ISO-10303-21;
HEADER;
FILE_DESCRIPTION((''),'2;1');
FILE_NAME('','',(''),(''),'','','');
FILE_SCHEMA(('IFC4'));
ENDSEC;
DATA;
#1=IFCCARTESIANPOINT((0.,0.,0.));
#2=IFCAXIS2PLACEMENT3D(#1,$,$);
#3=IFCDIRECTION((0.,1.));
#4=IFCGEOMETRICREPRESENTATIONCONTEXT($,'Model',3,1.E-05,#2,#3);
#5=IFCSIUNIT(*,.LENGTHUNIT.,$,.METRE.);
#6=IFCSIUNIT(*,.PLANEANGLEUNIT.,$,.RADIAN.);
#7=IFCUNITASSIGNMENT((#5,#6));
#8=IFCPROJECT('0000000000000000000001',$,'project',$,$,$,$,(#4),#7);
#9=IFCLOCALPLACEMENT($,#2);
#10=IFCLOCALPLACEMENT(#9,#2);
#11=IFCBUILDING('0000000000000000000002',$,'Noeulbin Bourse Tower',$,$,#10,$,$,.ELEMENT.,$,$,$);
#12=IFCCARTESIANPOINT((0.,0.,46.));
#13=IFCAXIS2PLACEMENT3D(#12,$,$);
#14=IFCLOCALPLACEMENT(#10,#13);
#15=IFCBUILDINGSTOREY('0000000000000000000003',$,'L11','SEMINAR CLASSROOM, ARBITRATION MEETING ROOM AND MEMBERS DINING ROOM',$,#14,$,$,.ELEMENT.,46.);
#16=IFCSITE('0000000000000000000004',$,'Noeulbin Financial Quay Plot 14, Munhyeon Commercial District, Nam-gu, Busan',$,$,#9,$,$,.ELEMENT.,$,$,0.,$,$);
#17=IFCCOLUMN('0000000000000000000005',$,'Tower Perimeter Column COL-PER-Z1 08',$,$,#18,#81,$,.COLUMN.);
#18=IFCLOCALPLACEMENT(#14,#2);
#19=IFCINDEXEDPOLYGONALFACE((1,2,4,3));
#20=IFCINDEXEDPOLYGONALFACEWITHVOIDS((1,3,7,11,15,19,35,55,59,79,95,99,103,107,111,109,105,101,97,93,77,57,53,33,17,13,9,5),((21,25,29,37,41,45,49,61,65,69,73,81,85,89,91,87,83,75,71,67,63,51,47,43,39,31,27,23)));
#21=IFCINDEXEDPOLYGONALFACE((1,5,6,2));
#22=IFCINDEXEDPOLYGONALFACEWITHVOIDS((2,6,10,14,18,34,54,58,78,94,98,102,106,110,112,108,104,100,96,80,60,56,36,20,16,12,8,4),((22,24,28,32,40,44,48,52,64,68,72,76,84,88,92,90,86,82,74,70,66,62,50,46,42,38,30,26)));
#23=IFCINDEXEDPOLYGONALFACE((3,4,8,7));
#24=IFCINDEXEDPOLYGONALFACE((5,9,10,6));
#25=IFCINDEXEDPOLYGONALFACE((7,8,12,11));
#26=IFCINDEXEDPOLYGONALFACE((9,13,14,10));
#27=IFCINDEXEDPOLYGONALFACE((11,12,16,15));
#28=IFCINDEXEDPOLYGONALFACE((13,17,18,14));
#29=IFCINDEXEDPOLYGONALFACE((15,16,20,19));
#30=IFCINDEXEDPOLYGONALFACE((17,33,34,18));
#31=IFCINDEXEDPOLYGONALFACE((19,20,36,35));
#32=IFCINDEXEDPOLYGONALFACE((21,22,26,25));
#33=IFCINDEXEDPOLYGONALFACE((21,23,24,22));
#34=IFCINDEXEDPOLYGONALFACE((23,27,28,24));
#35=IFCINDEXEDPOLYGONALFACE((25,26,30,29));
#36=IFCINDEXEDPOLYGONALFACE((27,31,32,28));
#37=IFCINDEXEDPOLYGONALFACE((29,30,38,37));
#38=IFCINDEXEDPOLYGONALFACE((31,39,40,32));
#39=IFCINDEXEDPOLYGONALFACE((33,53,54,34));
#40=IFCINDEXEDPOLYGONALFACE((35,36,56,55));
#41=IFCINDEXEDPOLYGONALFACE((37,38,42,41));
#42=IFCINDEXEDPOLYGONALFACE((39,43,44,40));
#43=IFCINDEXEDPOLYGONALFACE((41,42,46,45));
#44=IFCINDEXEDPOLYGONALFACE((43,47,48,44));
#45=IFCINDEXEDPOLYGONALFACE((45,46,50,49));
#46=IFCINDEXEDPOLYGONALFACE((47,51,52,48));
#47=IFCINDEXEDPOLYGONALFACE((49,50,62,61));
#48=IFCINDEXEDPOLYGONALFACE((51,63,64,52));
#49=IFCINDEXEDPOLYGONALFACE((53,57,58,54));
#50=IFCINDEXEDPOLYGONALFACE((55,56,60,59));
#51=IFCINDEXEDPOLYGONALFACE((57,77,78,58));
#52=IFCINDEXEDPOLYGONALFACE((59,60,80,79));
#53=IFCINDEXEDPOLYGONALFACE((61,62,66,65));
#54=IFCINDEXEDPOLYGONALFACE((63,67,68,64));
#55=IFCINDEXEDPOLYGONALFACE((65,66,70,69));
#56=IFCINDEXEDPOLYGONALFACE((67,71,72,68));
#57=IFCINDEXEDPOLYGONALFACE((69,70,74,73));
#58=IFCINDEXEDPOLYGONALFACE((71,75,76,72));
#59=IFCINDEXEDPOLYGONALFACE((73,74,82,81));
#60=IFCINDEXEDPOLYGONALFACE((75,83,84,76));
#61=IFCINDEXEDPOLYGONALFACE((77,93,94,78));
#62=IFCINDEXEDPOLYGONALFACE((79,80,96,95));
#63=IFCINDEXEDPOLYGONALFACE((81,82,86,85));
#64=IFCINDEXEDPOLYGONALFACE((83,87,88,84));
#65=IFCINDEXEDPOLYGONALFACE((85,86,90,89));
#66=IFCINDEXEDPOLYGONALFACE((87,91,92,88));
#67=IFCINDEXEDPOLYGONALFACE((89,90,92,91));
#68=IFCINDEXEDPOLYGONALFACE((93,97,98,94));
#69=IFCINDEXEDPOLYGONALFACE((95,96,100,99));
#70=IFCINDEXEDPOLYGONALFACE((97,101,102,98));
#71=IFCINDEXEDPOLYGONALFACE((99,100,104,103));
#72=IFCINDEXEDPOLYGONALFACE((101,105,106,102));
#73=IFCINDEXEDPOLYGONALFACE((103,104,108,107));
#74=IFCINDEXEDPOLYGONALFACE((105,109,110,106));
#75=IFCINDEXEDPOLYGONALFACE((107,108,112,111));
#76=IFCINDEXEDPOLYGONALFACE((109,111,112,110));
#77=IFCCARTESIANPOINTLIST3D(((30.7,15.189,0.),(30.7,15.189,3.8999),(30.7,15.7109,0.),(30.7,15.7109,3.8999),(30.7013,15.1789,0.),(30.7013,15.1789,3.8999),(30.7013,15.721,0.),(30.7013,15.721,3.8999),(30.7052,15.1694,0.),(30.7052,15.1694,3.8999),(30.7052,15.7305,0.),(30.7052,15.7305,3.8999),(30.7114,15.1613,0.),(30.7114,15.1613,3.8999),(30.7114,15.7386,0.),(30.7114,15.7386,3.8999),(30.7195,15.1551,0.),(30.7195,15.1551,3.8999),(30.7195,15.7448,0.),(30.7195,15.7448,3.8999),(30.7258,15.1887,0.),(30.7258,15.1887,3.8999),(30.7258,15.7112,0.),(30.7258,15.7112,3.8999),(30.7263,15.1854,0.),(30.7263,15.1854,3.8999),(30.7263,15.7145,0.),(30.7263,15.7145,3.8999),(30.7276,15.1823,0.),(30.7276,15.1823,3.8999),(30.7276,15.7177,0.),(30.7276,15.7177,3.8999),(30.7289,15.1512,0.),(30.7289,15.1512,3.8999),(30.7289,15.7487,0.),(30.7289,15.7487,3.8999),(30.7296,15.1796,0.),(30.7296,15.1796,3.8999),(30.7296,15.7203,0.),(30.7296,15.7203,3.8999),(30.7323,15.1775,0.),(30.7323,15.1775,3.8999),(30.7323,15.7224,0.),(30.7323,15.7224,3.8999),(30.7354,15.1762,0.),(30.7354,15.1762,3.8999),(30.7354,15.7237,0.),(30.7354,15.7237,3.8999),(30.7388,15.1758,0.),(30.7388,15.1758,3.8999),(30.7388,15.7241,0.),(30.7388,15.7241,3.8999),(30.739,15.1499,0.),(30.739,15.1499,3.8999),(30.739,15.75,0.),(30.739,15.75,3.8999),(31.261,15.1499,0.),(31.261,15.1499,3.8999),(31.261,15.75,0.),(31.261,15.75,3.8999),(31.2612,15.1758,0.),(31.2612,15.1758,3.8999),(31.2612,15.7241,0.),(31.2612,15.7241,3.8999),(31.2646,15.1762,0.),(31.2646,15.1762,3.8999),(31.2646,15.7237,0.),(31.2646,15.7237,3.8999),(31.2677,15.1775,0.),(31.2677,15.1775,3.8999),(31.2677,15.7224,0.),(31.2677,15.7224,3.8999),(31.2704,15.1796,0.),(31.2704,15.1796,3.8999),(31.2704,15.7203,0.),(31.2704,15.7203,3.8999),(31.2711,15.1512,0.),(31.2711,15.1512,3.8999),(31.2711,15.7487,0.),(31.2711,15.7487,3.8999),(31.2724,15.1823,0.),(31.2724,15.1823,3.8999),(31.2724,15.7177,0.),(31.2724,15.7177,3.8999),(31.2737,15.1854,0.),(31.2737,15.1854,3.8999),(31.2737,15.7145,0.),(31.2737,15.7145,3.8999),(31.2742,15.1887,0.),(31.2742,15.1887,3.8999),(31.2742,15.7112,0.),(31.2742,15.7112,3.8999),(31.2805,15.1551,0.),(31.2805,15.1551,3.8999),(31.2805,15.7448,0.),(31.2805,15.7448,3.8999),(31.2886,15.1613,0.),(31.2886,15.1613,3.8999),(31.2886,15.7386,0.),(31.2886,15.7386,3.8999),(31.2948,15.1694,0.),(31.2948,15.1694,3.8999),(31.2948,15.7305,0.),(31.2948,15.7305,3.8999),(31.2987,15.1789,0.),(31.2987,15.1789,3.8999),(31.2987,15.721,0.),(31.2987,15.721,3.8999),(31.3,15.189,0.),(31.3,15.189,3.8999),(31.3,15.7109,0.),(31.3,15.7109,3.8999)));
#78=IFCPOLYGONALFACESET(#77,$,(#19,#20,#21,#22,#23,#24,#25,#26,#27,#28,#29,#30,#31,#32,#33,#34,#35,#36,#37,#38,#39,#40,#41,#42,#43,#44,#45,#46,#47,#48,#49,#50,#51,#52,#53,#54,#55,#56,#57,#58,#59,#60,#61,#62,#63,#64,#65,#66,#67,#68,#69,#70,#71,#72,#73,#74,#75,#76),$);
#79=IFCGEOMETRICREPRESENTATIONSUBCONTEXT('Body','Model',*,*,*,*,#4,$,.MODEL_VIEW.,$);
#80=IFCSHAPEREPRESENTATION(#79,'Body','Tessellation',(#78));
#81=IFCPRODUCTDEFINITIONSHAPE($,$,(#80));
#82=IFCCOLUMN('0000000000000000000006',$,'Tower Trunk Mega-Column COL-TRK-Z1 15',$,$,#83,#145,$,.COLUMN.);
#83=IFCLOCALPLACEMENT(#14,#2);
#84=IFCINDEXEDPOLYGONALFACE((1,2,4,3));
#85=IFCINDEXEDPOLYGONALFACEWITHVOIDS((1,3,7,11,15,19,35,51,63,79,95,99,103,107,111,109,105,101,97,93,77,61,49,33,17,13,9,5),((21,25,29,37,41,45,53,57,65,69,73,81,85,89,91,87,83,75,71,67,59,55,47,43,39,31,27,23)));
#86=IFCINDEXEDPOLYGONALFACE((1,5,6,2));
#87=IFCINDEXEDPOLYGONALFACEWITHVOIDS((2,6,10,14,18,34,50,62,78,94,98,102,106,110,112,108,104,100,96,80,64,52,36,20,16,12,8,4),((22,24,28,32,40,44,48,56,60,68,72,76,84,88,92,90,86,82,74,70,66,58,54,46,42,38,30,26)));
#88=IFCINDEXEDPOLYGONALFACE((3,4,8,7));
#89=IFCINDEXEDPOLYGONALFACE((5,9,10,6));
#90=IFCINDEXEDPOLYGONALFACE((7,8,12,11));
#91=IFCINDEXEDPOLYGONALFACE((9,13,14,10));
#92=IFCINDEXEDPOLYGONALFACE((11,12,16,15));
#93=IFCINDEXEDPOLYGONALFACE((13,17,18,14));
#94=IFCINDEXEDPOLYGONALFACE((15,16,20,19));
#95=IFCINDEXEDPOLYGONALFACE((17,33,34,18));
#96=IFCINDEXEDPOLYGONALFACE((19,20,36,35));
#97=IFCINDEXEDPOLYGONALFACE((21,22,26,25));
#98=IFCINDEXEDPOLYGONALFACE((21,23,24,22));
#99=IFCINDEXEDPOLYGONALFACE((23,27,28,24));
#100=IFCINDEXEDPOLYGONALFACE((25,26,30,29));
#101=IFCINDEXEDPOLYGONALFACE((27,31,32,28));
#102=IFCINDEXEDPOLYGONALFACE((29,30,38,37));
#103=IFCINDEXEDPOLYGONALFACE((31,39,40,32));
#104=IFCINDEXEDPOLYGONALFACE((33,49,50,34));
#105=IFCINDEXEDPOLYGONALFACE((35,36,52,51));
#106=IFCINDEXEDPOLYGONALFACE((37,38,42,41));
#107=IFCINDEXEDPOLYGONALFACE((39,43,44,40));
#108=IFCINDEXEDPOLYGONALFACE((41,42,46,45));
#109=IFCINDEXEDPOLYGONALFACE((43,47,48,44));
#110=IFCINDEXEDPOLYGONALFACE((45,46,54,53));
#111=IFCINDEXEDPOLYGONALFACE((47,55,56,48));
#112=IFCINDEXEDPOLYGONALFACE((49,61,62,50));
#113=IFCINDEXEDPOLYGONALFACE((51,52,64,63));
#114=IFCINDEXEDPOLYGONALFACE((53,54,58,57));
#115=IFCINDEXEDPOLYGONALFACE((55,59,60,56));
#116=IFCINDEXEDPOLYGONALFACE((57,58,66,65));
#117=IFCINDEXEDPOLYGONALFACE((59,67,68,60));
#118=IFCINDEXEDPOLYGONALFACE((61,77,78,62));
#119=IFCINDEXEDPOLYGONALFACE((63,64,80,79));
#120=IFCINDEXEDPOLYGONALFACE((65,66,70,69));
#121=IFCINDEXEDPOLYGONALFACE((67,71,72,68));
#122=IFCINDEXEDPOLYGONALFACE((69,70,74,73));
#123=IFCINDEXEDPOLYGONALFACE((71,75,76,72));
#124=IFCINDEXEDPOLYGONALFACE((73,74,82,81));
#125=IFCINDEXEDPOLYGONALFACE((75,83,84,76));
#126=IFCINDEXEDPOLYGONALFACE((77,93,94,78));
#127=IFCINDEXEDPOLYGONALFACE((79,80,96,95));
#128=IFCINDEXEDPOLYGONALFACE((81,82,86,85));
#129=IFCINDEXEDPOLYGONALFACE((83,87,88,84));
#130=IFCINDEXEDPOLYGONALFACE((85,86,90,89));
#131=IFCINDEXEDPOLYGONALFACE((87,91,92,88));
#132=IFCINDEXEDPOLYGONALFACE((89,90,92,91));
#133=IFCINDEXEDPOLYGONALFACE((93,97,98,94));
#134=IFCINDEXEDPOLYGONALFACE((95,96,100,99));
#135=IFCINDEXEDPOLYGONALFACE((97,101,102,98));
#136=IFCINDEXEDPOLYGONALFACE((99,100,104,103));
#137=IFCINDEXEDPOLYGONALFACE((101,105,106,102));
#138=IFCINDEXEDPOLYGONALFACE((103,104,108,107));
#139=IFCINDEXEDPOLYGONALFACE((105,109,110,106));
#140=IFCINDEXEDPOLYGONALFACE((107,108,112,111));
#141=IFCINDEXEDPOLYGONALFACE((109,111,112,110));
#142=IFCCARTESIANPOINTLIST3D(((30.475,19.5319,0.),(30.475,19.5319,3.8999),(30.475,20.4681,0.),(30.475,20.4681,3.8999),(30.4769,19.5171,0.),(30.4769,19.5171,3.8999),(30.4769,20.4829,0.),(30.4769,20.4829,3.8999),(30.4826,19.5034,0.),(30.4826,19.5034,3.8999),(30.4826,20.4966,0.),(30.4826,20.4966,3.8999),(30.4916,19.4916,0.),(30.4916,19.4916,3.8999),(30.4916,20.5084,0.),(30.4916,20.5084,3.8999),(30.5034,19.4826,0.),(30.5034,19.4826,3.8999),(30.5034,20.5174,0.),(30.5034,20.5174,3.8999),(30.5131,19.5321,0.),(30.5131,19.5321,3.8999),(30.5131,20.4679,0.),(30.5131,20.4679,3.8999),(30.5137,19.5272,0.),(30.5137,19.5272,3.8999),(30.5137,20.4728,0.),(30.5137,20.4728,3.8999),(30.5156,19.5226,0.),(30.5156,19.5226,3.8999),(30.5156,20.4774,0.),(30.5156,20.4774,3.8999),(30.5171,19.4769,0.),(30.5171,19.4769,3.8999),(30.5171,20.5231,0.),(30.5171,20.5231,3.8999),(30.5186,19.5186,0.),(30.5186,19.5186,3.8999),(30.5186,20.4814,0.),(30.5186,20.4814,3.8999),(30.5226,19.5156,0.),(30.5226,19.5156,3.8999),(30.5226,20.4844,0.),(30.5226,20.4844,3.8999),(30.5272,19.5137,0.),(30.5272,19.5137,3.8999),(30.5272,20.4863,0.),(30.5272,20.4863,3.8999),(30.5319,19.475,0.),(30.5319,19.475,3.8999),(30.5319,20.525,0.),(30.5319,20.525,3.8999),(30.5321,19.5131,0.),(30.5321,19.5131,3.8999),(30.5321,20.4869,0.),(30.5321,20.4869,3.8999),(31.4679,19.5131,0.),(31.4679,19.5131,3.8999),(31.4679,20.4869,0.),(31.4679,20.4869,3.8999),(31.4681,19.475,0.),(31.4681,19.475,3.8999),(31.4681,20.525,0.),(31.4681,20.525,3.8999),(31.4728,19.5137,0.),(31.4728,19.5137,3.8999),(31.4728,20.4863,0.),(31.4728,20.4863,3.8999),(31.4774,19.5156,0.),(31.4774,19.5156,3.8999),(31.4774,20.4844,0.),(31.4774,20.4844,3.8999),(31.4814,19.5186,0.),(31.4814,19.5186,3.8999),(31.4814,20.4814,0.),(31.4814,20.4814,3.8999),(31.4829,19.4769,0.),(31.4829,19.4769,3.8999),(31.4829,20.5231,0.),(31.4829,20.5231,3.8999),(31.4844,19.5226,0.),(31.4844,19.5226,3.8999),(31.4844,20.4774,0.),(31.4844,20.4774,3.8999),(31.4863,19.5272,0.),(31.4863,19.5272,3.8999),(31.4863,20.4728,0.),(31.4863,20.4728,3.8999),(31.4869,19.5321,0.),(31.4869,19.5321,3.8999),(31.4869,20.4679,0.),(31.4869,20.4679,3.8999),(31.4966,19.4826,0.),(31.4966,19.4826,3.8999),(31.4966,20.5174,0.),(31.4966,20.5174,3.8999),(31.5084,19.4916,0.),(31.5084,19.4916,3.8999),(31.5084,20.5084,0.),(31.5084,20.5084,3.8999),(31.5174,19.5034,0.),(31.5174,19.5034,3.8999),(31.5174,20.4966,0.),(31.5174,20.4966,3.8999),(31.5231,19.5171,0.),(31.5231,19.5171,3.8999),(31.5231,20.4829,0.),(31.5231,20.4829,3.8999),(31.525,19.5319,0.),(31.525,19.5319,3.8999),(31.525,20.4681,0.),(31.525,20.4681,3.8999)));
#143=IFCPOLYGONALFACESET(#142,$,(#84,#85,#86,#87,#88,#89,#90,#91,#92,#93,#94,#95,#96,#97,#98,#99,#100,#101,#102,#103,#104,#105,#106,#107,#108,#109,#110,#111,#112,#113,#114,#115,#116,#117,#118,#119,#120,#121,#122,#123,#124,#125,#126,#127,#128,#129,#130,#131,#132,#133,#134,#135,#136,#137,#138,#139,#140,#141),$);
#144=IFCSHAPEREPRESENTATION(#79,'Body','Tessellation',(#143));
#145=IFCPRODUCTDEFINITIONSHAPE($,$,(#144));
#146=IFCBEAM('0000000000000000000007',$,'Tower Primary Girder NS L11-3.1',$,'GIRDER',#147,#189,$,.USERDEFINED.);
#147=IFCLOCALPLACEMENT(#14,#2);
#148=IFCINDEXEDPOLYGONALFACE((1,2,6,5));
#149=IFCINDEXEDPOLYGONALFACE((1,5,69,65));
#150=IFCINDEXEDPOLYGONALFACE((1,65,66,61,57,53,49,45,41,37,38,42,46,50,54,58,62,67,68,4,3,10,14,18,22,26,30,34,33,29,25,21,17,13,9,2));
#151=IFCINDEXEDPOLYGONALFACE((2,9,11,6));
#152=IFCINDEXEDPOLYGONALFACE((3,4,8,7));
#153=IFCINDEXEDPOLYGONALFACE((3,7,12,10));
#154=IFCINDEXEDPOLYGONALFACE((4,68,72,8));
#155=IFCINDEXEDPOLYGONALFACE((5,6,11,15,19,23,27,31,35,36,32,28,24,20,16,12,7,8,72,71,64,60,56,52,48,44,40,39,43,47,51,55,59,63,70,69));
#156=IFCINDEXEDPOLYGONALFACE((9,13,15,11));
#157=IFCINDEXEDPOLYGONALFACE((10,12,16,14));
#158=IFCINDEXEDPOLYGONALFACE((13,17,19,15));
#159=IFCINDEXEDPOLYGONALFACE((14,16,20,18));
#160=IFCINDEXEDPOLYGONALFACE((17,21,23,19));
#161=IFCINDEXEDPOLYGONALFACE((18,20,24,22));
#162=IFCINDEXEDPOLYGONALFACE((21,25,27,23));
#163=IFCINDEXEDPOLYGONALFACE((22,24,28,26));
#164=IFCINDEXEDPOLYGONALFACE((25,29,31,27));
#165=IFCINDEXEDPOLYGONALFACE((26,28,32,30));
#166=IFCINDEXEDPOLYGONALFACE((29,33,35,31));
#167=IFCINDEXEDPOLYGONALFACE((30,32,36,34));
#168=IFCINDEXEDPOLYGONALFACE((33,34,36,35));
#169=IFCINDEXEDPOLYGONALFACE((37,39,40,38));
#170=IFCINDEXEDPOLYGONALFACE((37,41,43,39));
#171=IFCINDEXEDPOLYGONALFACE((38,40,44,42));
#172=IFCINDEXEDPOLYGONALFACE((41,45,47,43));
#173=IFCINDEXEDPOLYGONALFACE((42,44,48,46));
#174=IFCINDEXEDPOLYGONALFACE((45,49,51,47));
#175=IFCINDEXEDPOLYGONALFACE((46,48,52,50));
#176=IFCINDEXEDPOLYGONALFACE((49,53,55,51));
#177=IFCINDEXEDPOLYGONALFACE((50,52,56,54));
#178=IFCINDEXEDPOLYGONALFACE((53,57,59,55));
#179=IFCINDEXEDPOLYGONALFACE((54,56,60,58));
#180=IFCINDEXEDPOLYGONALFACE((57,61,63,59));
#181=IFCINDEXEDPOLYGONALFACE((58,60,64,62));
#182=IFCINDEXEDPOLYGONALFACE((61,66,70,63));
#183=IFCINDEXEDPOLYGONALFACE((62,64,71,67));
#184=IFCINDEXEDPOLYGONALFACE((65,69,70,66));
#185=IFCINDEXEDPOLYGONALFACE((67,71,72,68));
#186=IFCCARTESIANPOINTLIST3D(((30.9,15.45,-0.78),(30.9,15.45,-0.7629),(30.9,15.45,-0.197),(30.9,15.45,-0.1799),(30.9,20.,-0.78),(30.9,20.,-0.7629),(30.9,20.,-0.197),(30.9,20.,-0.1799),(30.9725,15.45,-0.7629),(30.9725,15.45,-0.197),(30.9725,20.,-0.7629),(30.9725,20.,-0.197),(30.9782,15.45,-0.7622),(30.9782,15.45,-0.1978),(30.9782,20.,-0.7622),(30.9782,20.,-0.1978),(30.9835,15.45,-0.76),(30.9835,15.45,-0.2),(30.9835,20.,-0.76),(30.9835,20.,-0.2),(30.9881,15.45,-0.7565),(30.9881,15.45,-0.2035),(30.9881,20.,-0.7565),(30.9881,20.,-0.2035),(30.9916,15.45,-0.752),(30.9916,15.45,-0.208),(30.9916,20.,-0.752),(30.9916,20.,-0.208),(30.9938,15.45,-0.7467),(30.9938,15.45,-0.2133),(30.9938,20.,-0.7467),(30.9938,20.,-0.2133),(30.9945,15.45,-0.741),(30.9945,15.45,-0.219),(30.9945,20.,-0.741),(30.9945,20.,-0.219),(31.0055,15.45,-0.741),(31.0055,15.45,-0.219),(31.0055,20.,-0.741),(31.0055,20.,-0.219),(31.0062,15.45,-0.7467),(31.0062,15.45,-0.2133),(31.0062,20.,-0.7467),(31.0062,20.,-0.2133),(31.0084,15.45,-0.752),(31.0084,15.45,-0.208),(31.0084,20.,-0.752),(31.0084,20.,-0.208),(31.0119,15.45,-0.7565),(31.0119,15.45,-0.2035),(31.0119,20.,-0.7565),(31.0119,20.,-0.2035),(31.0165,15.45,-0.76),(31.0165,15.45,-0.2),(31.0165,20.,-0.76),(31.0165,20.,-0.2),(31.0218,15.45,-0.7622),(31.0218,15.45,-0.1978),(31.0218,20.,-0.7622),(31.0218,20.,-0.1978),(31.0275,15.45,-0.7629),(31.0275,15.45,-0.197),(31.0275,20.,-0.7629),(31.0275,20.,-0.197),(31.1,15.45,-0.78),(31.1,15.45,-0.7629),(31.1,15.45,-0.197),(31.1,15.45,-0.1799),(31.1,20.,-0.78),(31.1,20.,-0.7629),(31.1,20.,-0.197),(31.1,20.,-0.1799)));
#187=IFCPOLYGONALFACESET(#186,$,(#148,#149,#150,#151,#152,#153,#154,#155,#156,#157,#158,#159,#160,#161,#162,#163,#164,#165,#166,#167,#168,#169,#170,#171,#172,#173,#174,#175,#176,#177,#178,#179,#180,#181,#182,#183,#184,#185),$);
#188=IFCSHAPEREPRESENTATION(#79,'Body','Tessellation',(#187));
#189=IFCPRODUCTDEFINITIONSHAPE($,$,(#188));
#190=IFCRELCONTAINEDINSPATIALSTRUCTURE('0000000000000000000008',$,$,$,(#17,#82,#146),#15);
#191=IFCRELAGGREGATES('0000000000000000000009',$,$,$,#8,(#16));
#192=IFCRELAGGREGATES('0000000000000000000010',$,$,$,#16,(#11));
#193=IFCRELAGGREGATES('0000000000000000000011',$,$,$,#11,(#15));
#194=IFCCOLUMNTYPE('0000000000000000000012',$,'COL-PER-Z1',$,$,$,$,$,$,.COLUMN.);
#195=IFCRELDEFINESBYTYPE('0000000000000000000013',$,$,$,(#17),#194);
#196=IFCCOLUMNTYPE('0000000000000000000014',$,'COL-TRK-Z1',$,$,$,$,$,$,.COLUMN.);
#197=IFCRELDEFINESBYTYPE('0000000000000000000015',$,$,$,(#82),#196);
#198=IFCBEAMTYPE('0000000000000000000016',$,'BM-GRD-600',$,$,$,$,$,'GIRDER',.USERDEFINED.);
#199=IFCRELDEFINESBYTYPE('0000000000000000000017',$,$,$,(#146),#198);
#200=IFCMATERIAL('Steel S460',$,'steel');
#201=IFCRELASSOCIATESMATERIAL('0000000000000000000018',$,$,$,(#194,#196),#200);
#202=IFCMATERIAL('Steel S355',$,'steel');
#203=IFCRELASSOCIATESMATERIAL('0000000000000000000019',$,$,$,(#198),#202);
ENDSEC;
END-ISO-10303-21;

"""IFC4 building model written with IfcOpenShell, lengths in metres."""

from ifc_helpers import new_model, si_unit, direction, frame, origin, origin_2d, place, context, subcontext, project, spatial, hollow_rectangle, i_section, extrude, material, material_profile, profile_set, type_object, element, save


model = new_model("IFC4")

# Units and contexts
model_context = context("Model", 3, precision=1e-05, world=origin(), true_north=direction((0.0, 1.0)))
body_context = subcontext(model_context, "Body", "Model", "MODEL_VIEW")
ifc_project = project(units=[si_unit("LENGTHUNIT", "METRE"), si_unit("PLANEANGLEUNIT", "RADIAN")], contexts=[model_context])

# Site, building, storey
site_placement = place(None, origin())
site = spatial("IfcSite", under=ifc_project, at=site_placement, Name="Noeulbin Financial Quay Plot 14, Munhyeon Commercial District, Nam-gu, Busan", CompositionType="ELEMENT", RefElevation=0.0)
building_placement = place(site_placement, origin())
building = spatial("IfcBuilding", under=site, at=building_placement, Name="Noeulbin Bourse Tower", CompositionType="ELEMENT")
storey_placement = place(building_placement, frame((0.0, 0.0, 46.0)))
storey = spatial("IfcBuildingStorey", under=building, at=storey_placement, Name="L11", Description="SEMINAR CLASSROOM, ARBITRATION MEETING ROOM AND MEMBERS DINING ROOM", CompositionType="ELEMENT", Elevation=46.0)

# Columns
ifc_material_1 = material(Name="Steel S460", Category="steel")
ifc_material_profile_1 = material_profile(ifc_material_1, hollow_rectangle(XDim=0.6001, YDim=0.6001, WallThickness=0.0259, InnerFilletRadius=0.0129, OuterFilletRadius=0.0391, at=origin_2d()), Name="BOX-600x600x26", Category="LoadBearing")
ifc_profile_set_1 = profile_set([ifc_material_profile_1], Name="Steel S460")
column_type_1 = type_object("IfcColumnType", Name="COL-PER-Z1", PredefinedType="COLUMN", material=ifc_profile_set_1)
column_1_placement = place(storey_placement, frame((31.0, 15.45, 0.0), z_axis=(0.0, 0.0, 1.0), x_axis=(1.0, 0.0, 0.0)))
element("IfcColumn", 1, at=column_1_placement, inside=storey, type_object=column_type_1, Name="Tower Perimeter Column COL-PER-Z1 08", PredefinedType="COLUMN", context=body_context, shape_type="SweptSolid", body=[
    extrude(hollow_rectangle(XDim=0.6001, YDim=0.6001, WallThickness=0.0259, InnerFilletRadius=0.0129, OuterFilletRadius=0.0391, at=origin_2d()), origin(), (0.0, 0.0, 1.0), 3.8999),
])
ifc_material_profile_2 = material_profile(ifc_material_1, hollow_rectangle(XDim=1.05, YDim=1.05, WallThickness=0.0381, InnerFilletRadius=0.019, OuterFilletRadius=0.0569, at=origin_2d()), Name="BOX-1050x1050x38", Category="LoadBearing")
ifc_profile_set_2 = profile_set([ifc_material_profile_2], Name="Steel S460")
column_type_2 = type_object("IfcColumnType", Name="COL-TRK-Z1", PredefinedType="COLUMN", material=ifc_profile_set_2)
column_2_placement = place(storey_placement, frame((31.0, 20.0, 0.0), z_axis=(0.0, 0.0, 1.0), x_axis=(1.0, 0.0, 0.0)))
element("IfcColumn", 2, at=column_2_placement, inside=storey, type_object=column_type_2, Name="Tower Trunk Mega-Column COL-TRK-Z1 15", PredefinedType="COLUMN", context=body_context, shape_type="SweptSolid", body=[
    extrude(hollow_rectangle(XDim=1.05, YDim=1.05, WallThickness=0.0381, InnerFilletRadius=0.019, OuterFilletRadius=0.0569, at=origin_2d()), origin(), (0.0, 0.0, 1.0), 3.8999),
])

# Beam
ifc_material_2 = material(Name="Steel S355", Category="steel")
ifc_material_profile_3 = material_profile(ifc_material_2, i_section(OverallWidth=0.2, OverallDepth=0.6001, WebThickness=0.011, FlangeThickness=0.0171, FilletRadius=0.022, at=origin_2d()), Name="H-600x200x11x17", Category="LoadBearing")
ifc_profile_set_3 = profile_set([ifc_material_profile_3], Name="Steel S355")
beam_type_1 = type_object("IfcBeamType", Name="BM-GRD-600", ElementType="GIRDER", PredefinedType="USERDEFINED", material=ifc_profile_set_3)
beam_1_placement = place(storey_placement, frame((31.0, 15.45, -0.48), z_axis=(0.0, 1.0, 0.0), x_axis=(-1.0, 0.0, 0.0)))
element("IfcBeam", 3, at=beam_1_placement, inside=storey, type_object=beam_type_1, Name="Tower Primary Girder NS L11-3.1", ObjectType="GIRDER", PredefinedType="USERDEFINED", context=body_context, shape_type="SweptSolid", body=[
    extrude(i_section(OverallWidth=0.2, OverallDepth=0.6001, WebThickness=0.011, FlangeThickness=0.0171, FilletRadius=0.022, at=origin_2d()), origin(), (0.0, 0.0, 1.0), 4.55),
])

save(model, "model.ifc")
